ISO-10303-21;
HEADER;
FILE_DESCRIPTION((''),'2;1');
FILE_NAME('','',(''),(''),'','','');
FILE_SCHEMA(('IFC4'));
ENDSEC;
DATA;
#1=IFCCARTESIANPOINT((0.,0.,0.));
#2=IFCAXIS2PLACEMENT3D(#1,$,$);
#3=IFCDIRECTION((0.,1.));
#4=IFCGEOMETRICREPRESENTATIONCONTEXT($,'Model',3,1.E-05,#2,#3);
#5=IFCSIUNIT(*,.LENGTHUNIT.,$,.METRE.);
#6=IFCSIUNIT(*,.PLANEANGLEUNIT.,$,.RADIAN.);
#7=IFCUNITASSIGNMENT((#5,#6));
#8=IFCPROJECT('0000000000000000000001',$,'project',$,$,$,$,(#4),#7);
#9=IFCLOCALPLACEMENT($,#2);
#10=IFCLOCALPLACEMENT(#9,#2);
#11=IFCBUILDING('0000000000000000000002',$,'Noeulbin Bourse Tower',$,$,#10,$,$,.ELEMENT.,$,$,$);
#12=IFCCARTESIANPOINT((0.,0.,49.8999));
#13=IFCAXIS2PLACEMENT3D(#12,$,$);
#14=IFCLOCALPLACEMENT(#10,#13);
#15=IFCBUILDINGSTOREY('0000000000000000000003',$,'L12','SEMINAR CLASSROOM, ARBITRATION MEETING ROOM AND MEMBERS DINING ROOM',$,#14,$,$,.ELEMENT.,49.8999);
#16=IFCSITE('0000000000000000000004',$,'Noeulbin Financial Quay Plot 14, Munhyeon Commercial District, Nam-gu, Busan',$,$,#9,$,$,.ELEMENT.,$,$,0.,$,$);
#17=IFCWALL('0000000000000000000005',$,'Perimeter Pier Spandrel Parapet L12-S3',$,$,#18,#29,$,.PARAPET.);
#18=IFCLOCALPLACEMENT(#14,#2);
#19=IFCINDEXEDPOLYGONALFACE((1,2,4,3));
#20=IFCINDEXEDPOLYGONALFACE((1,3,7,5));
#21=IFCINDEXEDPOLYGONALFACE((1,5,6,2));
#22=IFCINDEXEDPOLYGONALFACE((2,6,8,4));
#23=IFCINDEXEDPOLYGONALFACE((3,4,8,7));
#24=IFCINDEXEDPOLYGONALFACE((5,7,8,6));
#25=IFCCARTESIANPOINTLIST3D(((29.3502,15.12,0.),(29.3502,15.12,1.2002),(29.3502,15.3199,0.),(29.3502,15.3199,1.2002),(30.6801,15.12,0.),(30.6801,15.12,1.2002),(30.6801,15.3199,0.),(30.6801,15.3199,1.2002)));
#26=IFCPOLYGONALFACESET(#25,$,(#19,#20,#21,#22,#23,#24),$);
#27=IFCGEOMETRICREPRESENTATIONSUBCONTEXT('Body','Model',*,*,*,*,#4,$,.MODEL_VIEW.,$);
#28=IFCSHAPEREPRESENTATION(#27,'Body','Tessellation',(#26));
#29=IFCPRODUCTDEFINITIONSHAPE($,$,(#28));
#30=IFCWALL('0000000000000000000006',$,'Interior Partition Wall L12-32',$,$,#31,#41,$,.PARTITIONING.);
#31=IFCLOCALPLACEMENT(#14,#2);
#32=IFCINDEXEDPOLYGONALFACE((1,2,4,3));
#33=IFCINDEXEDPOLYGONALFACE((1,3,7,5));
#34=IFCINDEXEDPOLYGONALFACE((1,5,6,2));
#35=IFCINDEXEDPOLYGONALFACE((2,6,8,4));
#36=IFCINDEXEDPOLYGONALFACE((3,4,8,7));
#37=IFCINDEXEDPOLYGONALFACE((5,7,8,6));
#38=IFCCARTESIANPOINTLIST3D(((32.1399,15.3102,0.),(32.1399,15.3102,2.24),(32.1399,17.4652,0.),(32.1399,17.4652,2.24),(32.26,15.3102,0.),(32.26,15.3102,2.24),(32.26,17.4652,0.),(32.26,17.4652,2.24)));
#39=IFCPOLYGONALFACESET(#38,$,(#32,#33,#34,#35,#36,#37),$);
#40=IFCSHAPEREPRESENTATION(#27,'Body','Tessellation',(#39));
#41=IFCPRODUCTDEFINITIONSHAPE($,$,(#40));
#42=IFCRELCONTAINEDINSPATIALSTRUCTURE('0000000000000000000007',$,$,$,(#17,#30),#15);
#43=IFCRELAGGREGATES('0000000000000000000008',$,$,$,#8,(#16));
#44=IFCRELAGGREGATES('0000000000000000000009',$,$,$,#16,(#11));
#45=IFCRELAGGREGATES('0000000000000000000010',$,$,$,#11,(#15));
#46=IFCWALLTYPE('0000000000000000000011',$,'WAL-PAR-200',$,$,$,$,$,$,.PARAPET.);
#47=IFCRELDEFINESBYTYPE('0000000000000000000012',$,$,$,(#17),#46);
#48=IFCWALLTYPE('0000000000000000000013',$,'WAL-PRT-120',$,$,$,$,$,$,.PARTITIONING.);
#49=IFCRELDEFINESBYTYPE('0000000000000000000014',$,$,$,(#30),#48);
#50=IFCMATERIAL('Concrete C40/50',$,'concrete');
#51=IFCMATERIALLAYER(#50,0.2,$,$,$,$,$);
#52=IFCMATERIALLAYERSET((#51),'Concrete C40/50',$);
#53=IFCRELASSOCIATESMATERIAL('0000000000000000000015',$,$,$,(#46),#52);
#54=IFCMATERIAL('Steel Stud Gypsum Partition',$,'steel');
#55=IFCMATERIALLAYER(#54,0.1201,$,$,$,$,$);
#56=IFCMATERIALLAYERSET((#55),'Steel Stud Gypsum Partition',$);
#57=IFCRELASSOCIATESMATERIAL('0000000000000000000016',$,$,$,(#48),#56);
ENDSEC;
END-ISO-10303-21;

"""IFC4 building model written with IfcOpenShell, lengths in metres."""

from ifc_helpers import new_model, si_unit, direction, frame, frame_2d, origin, place, context, subcontext, project, spatial, rectangle, extrude, material, layer, layer_set, type_object, element, save


model = new_model("IFC4")

# Units and contexts
model_context = context("Model", 3, precision=1e-05, world=origin(), true_north=direction((0.0, 1.0)))
body_context = subcontext(model_context, "Body", "Model", "MODEL_VIEW")
ifc_project = project(units=[si_unit("LENGTHUNIT", "METRE"), si_unit("PLANEANGLEUNIT", "RADIAN")], contexts=[model_context])

# Site, building, storey
site_placement = place(None, origin())
site = spatial("IfcSite", under=ifc_project, at=site_placement, Name="Noeulbin Financial Quay Plot 14, Munhyeon Commercial District, Nam-gu, Busan", CompositionType="ELEMENT", RefElevation=0.0)
building_placement = place(site_placement, origin())
building = spatial("IfcBuilding", under=site, at=building_placement, Name="Noeulbin Bourse Tower", CompositionType="ELEMENT")
storey_placement = place(building_placement, frame((0.0, 0.0, 49.8999)))
storey = spatial("IfcBuildingStorey", under=building, at=storey_placement, Name="L12", Description="SEMINAR CLASSROOM, ARBITRATION MEETING ROOM AND MEMBERS DINING ROOM", CompositionType="ELEMENT", Elevation=49.8999)

# Walls
ifc_material_1 = material(Name="Concrete C40/50", Category="concrete")
ifc_layer_1 = layer(ifc_material_1, 0.2)
ifc_layer_set_1 = layer_set([ifc_layer_1], Name="Concrete C40/50")
wall_type_1 = type_object("IfcWallType", Name="WAL-PAR-200", PredefinedType="PARAPET", material=ifc_layer_set_1)
wall_1_placement = place(storey_placement, frame((29.3501, 15.22, 0.0), z_axis=(0.0, 0.0, 1.0), x_axis=(1.0, 0.0, 0.0)))
element("IfcWall", 1, at=wall_1_placement, inside=storey, type_object=wall_type_1, Name="Perimeter Pier Spandrel Parapet L12-S3", PredefinedType="PARAPET", context=body_context, shape_type="SweptSolid", body=[
    extrude(rectangle(XDim=1.3298, YDim=0.2, at=frame_2d((0.665, 0.0))), origin(), (0.0, 0.0, 1.0), 1.2002),
])
ifc_material_2 = material(Name="Steel Stud Gypsum Partition", Category="steel")
ifc_layer_2 = layer(ifc_material_2, 0.1201)
ifc_layer_set_2 = layer_set([ifc_layer_2], Name="Steel Stud Gypsum Partition")
wall_type_2 = type_object("IfcWallType", Name="WAL-PRT-120", PredefinedType="PARTITIONING", material=ifc_layer_set_2)
wall_2_placement = place(storey_placement, frame((32.2, 15.3101, 0.0), z_axis=(0.0, 0.0, 1.0), x_axis=(0.0, 1.0, 0.0)))
element("IfcWall", 2, at=wall_2_placement, inside=storey, type_object=wall_type_2, Name="Interior Partition Wall L12-32", PredefinedType="PARTITIONING", context=body_context, shape_type="SweptSolid", body=[
    extrude(rectangle(XDim=2.155, YDim=0.1201, at=frame_2d((1.0776, 0.0))), origin(), (0.0, 0.0, 1.0), 2.24),
])

save(model, "model.ifc")
